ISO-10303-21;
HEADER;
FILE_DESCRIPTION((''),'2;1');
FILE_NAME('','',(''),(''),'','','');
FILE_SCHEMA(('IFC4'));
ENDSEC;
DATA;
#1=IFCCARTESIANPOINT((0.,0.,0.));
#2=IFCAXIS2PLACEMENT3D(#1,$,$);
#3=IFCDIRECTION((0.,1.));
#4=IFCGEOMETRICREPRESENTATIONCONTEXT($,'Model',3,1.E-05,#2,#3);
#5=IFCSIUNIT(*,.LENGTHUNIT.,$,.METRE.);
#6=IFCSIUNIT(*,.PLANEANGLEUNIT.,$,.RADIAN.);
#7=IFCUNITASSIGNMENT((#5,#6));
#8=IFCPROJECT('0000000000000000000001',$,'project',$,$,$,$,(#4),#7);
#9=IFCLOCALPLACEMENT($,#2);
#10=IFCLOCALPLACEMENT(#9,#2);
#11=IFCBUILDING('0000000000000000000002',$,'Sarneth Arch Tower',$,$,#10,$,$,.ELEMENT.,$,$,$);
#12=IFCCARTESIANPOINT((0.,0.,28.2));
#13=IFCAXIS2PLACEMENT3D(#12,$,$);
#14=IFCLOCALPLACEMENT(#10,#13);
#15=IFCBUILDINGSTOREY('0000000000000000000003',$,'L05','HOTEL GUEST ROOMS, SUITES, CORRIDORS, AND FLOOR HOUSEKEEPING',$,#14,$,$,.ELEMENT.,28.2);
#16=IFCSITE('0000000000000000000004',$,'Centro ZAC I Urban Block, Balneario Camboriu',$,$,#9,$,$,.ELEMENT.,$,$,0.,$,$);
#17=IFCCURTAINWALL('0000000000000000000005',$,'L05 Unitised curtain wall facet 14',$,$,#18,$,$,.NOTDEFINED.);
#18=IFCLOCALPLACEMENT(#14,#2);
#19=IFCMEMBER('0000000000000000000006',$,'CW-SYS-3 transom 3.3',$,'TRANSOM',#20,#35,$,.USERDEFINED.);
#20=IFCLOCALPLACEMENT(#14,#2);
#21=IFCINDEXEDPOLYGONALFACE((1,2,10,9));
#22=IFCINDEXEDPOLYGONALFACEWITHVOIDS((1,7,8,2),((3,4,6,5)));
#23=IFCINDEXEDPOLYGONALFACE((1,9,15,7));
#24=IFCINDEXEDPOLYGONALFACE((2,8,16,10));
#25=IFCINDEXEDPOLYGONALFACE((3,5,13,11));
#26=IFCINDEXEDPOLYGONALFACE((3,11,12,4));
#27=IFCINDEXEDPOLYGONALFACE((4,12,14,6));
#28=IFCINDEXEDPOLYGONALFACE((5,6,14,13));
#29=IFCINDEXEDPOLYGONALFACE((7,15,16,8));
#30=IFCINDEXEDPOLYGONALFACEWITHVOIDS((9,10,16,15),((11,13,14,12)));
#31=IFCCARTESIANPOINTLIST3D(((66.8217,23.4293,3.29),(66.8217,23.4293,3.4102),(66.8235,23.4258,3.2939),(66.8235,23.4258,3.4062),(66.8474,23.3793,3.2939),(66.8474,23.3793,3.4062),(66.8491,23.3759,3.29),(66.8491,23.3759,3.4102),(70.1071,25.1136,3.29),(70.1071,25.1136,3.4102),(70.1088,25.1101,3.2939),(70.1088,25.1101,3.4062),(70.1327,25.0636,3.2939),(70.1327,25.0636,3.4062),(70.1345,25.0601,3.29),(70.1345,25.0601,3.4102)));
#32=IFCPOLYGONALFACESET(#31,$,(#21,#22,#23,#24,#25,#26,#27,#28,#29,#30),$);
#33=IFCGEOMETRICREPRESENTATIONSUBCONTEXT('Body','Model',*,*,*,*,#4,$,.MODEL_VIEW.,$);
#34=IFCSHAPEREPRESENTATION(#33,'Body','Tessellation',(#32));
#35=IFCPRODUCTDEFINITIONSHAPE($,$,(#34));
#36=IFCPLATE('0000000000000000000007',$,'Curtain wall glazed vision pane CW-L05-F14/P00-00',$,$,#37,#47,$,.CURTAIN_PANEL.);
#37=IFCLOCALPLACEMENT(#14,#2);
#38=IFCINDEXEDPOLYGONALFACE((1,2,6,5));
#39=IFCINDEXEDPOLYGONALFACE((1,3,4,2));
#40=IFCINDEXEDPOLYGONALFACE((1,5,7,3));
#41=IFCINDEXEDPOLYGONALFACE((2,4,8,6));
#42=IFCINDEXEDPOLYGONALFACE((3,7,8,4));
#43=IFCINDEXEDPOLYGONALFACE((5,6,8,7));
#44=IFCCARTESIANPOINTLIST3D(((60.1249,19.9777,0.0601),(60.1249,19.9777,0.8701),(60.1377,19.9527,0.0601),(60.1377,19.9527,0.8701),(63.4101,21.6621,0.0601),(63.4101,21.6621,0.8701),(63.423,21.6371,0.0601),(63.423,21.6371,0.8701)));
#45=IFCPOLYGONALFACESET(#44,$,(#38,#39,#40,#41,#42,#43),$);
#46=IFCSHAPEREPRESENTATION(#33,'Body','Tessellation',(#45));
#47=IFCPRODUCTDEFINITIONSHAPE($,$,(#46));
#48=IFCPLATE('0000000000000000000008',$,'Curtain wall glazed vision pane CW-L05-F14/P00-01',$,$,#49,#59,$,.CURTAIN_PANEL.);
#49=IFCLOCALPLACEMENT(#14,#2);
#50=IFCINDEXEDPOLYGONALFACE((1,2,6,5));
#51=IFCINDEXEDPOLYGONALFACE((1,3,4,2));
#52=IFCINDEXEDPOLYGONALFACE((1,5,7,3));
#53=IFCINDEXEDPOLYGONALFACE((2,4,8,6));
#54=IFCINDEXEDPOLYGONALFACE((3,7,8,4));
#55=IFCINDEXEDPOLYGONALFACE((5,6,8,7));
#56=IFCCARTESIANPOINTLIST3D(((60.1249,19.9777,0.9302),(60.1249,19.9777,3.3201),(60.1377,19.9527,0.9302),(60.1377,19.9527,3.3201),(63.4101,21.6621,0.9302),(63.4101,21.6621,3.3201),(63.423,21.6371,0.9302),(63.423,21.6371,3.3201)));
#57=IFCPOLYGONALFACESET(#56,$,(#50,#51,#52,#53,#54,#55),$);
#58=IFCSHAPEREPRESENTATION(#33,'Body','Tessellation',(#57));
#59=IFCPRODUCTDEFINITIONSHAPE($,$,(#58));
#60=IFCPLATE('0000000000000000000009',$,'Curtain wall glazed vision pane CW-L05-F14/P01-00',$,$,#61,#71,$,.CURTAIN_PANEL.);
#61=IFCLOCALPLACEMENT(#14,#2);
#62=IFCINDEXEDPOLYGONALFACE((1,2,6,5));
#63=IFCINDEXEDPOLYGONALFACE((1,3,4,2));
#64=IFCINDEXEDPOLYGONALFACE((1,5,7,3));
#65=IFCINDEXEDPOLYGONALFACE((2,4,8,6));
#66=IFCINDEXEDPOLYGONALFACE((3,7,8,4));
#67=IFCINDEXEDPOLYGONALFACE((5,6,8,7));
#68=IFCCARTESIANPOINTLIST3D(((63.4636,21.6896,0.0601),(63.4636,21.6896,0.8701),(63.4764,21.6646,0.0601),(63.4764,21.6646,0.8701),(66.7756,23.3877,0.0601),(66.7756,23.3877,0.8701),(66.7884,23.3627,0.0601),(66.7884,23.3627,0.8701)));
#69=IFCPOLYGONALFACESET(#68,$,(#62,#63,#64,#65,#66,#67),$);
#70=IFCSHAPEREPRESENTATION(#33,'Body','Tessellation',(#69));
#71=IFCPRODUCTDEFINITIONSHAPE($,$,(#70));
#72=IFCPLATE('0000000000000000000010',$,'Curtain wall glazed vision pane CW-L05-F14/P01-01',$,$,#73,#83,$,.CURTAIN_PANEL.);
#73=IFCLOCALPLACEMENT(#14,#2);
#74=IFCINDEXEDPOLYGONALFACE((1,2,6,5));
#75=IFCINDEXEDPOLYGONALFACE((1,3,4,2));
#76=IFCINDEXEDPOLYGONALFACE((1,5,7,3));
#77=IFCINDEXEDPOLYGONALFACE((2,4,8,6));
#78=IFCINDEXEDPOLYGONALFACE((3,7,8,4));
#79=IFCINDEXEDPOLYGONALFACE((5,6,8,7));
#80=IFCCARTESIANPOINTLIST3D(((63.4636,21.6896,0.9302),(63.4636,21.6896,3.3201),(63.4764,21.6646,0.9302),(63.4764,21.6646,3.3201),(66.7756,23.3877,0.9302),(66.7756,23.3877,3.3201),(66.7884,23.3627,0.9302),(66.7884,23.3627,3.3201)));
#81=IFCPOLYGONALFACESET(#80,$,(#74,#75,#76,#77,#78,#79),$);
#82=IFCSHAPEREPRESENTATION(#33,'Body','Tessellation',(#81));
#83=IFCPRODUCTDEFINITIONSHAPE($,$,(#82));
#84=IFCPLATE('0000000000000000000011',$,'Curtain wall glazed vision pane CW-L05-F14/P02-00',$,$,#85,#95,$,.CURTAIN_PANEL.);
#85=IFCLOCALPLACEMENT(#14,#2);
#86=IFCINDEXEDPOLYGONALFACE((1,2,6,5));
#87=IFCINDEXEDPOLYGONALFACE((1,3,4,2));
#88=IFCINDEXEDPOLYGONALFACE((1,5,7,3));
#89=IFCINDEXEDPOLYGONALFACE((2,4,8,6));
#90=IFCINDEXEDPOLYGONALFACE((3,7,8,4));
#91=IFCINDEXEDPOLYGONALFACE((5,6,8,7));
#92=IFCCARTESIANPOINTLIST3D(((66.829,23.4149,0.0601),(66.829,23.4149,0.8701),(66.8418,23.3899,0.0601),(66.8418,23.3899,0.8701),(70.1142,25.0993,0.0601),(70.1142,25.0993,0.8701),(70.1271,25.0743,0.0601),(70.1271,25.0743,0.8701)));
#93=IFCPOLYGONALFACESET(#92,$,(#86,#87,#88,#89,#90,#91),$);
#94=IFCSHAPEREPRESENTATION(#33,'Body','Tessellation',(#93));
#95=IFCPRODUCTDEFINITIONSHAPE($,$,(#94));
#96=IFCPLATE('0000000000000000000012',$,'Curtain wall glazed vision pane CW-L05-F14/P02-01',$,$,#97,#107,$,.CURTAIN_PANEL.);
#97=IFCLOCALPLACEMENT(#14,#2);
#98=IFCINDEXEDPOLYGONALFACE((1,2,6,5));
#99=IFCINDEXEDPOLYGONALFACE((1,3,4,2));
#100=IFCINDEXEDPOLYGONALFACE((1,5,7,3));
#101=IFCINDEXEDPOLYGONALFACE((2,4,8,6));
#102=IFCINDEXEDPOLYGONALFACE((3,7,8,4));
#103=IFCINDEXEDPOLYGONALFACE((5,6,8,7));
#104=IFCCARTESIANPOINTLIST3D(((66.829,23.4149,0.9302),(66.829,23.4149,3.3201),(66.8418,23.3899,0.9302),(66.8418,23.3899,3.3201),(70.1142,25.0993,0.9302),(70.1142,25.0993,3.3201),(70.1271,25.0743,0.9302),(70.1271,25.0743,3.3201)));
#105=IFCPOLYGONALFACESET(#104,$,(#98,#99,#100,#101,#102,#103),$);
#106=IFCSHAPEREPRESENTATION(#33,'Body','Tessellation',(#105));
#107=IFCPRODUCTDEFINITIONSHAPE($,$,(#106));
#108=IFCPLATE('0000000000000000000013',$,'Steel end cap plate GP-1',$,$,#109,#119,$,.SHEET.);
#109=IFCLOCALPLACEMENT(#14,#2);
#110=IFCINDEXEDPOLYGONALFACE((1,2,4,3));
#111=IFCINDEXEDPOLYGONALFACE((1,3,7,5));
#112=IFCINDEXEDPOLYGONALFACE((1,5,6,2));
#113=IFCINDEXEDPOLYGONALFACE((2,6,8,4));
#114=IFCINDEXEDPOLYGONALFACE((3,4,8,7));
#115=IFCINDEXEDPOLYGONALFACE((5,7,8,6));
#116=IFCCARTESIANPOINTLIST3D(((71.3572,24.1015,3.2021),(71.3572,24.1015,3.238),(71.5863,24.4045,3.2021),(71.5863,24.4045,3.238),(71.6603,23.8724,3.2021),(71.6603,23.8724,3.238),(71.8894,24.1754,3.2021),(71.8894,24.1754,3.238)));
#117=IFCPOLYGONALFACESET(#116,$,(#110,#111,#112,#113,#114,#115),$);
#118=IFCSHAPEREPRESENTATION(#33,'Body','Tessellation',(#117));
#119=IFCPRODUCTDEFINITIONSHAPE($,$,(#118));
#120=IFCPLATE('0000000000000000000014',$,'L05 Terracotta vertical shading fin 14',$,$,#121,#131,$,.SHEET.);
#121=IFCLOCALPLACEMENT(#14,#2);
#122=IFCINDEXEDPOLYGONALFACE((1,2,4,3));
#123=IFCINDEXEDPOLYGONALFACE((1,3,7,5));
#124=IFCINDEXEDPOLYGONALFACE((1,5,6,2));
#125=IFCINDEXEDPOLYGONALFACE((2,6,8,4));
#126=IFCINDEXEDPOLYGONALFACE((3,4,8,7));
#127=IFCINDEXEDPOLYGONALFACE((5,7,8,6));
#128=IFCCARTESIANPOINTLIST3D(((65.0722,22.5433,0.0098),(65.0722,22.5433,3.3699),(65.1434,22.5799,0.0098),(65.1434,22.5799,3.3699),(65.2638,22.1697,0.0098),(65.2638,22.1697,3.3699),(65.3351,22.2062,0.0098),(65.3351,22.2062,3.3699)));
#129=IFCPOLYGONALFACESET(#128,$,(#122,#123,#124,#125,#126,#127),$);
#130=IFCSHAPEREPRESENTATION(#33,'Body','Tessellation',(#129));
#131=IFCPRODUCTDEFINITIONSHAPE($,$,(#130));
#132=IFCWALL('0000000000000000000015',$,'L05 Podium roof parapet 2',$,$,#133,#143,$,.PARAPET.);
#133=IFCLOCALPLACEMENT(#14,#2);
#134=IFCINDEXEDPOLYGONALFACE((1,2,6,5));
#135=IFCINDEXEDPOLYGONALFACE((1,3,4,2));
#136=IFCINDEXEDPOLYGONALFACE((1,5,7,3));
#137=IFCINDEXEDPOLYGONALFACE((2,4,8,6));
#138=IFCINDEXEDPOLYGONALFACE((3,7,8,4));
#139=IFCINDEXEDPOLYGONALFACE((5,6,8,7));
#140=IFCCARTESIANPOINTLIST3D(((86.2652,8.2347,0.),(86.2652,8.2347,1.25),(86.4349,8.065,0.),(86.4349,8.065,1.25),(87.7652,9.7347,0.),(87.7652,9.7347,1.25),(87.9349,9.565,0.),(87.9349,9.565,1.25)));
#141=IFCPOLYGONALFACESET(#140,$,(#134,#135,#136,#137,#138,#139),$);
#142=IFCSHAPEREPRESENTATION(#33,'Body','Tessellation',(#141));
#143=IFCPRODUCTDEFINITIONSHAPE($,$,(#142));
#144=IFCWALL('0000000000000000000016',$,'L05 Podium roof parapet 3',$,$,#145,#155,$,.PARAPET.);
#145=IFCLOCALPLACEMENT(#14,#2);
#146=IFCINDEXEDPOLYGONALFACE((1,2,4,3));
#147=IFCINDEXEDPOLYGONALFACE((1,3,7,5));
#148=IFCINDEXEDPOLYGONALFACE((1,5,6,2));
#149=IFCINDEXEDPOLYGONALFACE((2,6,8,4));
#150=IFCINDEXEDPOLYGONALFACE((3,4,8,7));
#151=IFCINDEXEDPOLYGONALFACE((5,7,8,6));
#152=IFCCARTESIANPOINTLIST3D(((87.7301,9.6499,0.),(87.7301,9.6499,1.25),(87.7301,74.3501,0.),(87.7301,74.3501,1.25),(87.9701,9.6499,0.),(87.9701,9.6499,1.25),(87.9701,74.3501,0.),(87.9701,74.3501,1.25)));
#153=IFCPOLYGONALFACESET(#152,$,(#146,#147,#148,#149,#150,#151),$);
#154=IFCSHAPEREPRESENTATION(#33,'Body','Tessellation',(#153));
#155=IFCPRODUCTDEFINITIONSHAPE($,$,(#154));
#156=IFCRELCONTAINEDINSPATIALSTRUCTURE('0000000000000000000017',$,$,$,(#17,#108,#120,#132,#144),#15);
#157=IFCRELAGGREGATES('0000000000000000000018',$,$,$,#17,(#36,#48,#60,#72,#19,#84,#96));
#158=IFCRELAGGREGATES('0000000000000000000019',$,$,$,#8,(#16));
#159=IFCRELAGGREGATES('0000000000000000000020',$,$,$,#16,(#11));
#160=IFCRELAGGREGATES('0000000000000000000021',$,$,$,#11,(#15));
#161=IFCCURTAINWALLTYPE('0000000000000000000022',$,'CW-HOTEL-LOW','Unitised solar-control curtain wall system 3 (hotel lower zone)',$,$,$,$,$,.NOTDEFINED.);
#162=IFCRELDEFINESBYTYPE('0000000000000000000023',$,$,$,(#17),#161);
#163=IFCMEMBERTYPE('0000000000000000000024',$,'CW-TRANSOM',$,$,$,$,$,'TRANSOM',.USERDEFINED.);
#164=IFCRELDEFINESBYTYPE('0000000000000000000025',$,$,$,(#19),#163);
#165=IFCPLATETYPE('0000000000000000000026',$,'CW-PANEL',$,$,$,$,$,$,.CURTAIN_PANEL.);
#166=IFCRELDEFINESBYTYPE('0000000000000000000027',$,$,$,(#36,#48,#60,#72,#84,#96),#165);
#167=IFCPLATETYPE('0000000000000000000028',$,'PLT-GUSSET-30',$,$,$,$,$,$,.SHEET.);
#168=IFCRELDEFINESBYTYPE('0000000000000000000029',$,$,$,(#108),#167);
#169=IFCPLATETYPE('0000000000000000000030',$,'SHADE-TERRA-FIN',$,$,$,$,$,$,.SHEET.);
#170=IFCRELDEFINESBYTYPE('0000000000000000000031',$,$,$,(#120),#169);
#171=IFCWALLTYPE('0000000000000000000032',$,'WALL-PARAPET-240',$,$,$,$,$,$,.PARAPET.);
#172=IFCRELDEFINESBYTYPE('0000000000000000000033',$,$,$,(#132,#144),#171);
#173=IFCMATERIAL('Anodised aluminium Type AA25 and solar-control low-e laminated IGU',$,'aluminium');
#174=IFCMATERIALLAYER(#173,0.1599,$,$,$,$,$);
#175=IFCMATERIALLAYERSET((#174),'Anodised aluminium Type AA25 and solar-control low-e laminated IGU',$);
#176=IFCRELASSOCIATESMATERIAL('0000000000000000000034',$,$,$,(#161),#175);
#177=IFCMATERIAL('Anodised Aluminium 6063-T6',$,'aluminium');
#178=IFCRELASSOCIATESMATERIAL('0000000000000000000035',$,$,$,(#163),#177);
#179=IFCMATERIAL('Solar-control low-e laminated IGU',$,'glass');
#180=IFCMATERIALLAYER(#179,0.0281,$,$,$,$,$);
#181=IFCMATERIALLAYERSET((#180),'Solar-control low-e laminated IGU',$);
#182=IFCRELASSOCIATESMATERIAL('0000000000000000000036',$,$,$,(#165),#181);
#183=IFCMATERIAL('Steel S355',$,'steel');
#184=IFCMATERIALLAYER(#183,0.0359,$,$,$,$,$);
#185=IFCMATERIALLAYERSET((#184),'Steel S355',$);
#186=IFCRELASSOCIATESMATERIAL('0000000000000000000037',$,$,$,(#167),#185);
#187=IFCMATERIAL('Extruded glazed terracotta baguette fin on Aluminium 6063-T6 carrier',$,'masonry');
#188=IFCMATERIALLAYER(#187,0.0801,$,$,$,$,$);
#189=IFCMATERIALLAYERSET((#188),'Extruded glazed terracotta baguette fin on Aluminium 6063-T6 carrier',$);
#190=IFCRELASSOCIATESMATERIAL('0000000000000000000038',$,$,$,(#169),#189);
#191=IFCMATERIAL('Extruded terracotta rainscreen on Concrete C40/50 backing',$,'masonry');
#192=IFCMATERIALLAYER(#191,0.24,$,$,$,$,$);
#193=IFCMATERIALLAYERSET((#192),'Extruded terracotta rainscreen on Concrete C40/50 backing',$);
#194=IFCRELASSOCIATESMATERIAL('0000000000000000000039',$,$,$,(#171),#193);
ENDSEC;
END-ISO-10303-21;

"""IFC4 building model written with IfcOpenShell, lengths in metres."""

from ifc_helpers import new_model, si_unit, direction, frame, frame_2d, origin, origin_2d, place, context, subcontext, project, spatial, rectangle, hollow_rectangle, extrude, material, layer, layer_set, material_profile, profile_set, type_object, element, aggregate, save


model = new_model("IFC4")

# Units and contexts
model_context = context("Model", 3, precision=1e-05, world=origin(), true_north=direction((0.0, 1.0)))
body_context = subcontext(model_context, "Body", "Model", "MODEL_VIEW")
ifc_project = project(units=[si_unit("LENGTHUNIT", "METRE"), si_unit("PLANEANGLEUNIT", "RADIAN")], contexts=[model_context])

# Site, building, storey
site_placement = place(None, origin())
site = spatial("IfcSite", under=ifc_project, at=site_placement, Name="Centro ZAC I Urban Block, Balneario Camboriu", CompositionType="ELEMENT", RefElevation=0.0)
building_placement = place(site_placement, origin())
building = spatial("IfcBuilding", under=site, at=building_placement, Name="Sarneth Arch Tower", CompositionType="ELEMENT")
storey_placement = place(building_placement, frame((0.0, 0.0, 28.2)))
storey = spatial("IfcBuildingStorey", under=building, at=storey_placement, Name="L05", Description="HOTEL GUEST ROOMS, SUITES, CORRIDORS, AND FLOOR HOUSEKEEPING", CompositionType="ELEMENT", Elevation=28.2)

# Curtain wall, member, plates
ifc_material_1 = material(Name="Anodised aluminium Type AA25 and solar-control low-e laminated IGU", Category="aluminium")
ifc_layer_1 = layer(ifc_material_1, 0.1599)
ifc_layer_set_1 = layer_set([ifc_layer_1], Name="Anodised aluminium Type AA25 and solar-control low-e laminated IGU")
curtain_wall_type = type_object("IfcCurtainWallType", Name="CW-HOTEL-LOW", Description="Unitised solar-control curtain wall system 3 (hotel lower zone)", PredefinedType="NOTDEFINED", material=ifc_layer_set_1)
curtain_wall_placement = place(storey_placement, origin())
curtain_wall = element("IfcCurtainWall", 1, at=curtain_wall_placement, inside=storey, type_object=curtain_wall_type, Name="L05 Unitised curtain wall facet 14", PredefinedType="NOTDEFINED")
ifc_material_2 = material(Name="Anodised Aluminium 6063-T6", Category="aluminium")
ifc_material_profile_1 = material_profile(ifc_material_2, hollow_rectangle(XDim=0.0601, YDim=0.1201, WallThickness=0.0039, at=origin_2d()), Name="AL-TRAN-120x60x4")
ifc_profile_set_1 = profile_set([ifc_material_profile_1], Name="Anodised Aluminium 6063-T6")
member_type_1 = type_object("IfcMemberType", Name="CW-TRANSOM", ElementType="TRANSOM", PredefinedType="USERDEFINED", material=ifc_profile_set_1)
member_1_placement = place(storey_placement, frame((66.8354, 23.4026, 3.3501), z_axis=(0.889872, 0.456211, 0.0), x_axis=(-0.456211, 0.889872, 0.0)))
member_1 = element("IfcMember", 2, at=member_1_placement, type_object=member_type_1, Name="CW-SYS-3 transom 3.3", ObjectType="TRANSOM", PredefinedType="USERDEFINED", context=body_context, shape_type="SweptSolid", body=[
    extrude(hollow_rectangle(XDim=0.0601, YDim=0.1201, WallThickness=0.0039, at=origin_2d()), origin(), (0.0, 0.0, 1.0), 3.6919),
])
ifc_material_3 = material(Name="Solar-control low-e laminated IGU", Category="glass")
ifc_layer_2 = layer(ifc_material_3, 0.0281)
ifc_layer_set_2 = layer_set([ifc_layer_2], Name="Solar-control low-e laminated IGU")
plate_type_1 = type_object("IfcPlateType", Name="CW-PANEL", PredefinedType="CURTAIN_PANEL", material=ifc_layer_set_2)
plate_1_placement = place(storey_placement, frame((61.7739, 20.8074, 0.0601), z_axis=(0.0, 0.0, 1.0), x_axis=(0.889854, 0.456245, 0.0)))
plate_1 = element("IfcPlate", 3, at=plate_1_placement, type_object=plate_type_1, Name="Curtain wall glazed vision pane CW-L05-F14/P00-00", PredefinedType="CURTAIN_PANEL", context=body_context, shape_type="SweptSolid", body=[
    extrude(rectangle(XDim=3.6919, YDim=0.0281, at=origin_2d()), origin(), (0.0, 0.0, 1.0), 0.8101),
])
plate_2_placement = place(storey_placement, frame((61.7739, 20.8074, 0.9302), z_axis=(0.0, 0.0, 1.0), x_axis=(0.889854, 0.456245, 0.0)))
plate_2 = element("IfcPlate", 4, at=plate_2_placement, type_object=plate_type_1, Name="Curtain wall glazed vision pane CW-L05-F14/P00-01", PredefinedType="CURTAIN_PANEL", context=body_context, shape_type="SweptSolid", body=[
    extrude(rectangle(XDim=3.6919, YDim=0.0281, at=origin_2d()), origin(), (0.0, 0.0, 1.0), 2.3899),
])
plate_3_placement = place(storey_placement, frame((65.126, 22.5261, 0.0601), z_axis=(0.0, 0.0, 1.0), x_axis=(0.889854, 0.456245, 0.0)))
plate_3 = element("IfcPlate", 5, at=plate_3_placement, type_object=plate_type_1, Name="Curtain wall glazed vision pane CW-L05-F14/P01-00", PredefinedType="CURTAIN_PANEL", context=body_context, shape_type="SweptSolid", body=[
    extrude(rectangle(XDim=3.7219, YDim=0.0281, at=origin_2d()), origin(), (0.0, 0.0, 1.0), 0.8101),
])
plate_4_placement = place(storey_placement, frame((65.126, 22.5261, 0.9302), z_axis=(0.0, 0.0, 1.0), x_axis=(0.889854, 0.456245, 0.0)))
plate_4 = element("IfcPlate", 6, at=plate_4_placement, type_object=plate_type_1, Name="Curtain wall glazed vision pane CW-L05-F14/P01-01", PredefinedType="CURTAIN_PANEL", context=body_context, shape_type="SweptSolid", body=[
    extrude(rectangle(XDim=3.7219, YDim=0.0281, at=origin_2d()), origin(), (0.0, 0.0, 1.0), 2.3899),
])
plate_5_placement = place(storey_placement, frame((68.478, 24.2446, 0.0601), z_axis=(0.0, 0.0, 1.0), x_axis=(0.889854, 0.456245, 0.0)))
plate_5 = element("IfcPlate", 7, at=plate_5_placement, type_object=plate_type_1, Name="Curtain wall glazed vision pane CW-L05-F14/P02-00", PredefinedType="CURTAIN_PANEL", context=body_context, shape_type="SweptSolid", body=[
    extrude(rectangle(XDim=3.6919, YDim=0.0281, at=origin_2d()), origin(), (0.0, 0.0, 1.0), 0.8101),
])
plate_6_placement = place(storey_placement, frame((68.478, 24.2446, 0.9302), z_axis=(0.0, 0.0, 1.0), x_axis=(0.889854, 0.456245, 0.0)))
plate_6 = element("IfcPlate", 8, at=plate_6_placement, type_object=plate_type_1, Name="Curtain wall glazed vision pane CW-L05-F14/P02-01", PredefinedType="CURTAIN_PANEL", context=body_context, shape_type="SweptSolid", body=[
    extrude(rectangle(XDim=3.6919, YDim=0.0281, at=origin_2d()), origin(), (0.0, 0.0, 1.0), 2.3899),
])
aggregate(curtain_wall, [plate_1, plate_2, plate_3, plate_4, member_1, plate_5, plate_6])

# Plates
ifc_material_4 = material(Name="Steel S355", Category="steel")
ifc_layer_3 = layer(ifc_material_4, 0.0359)
ifc_layer_set_3 = layer_set([ifc_layer_3], Name="Steel S355")
plate_type_2 = type_object("IfcPlateType", Name="PLT-GUSSET-30", PredefinedType="SHEET", material=ifc_layer_set_3)
plate_7_placement = place(storey_placement, frame((71.6233, 24.1384, 3.2021), z_axis=(0.0, 0.0, 1.0), x_axis=(0.797689, -0.603069, 0.0)))
element("IfcPlate", 9, at=plate_7_placement, inside=storey, type_object=plate_type_2, Name="Steel end cap plate GP-1", PredefinedType="SHEET", context=body_context, shape_type="SweptSolid", body=[
    extrude(rectangle(XDim=0.3799, YDim=0.3799, at=origin_2d()), origin(), (0.0, 0.0, 1.0), 0.0359),
])
ifc_material_5 = material(Name="Extruded glazed terracotta baguette fin on Aluminium 6063-T6 carrier", Category="masonry")
ifc_layer_4 = layer(ifc_material_5, 0.0801)
ifc_layer_set_4 = layer_set([ifc_layer_4], Name="Extruded glazed terracotta baguette fin on Aluminium 6063-T6 carrier")
plate_type_3 = type_object("IfcPlateType", Name="SHADE-TERRA-FIN", PredefinedType="SHEET", material=ifc_layer_set_4)
plate_8_placement = place(storey_placement, frame((65.2036, 22.3748, 0.0098), z_axis=(0.0, 0.0, 1.0), x_axis=(0.456322, -0.889815, 0.0)))
element("IfcPlate", 10, at=plate_8_placement, inside=storey, type_object=plate_type_3, Name="L05 Terracotta vertical shading fin 14", PredefinedType="SHEET", context=body_context, shape_type="SweptSolid", body=[
    extrude(rectangle(XDim=0.4199, YDim=0.0801, at=origin_2d()), origin(), (0.0, 0.0, 1.0), 3.3601),
])

# Walls
ifc_material_6 = material(Name="Extruded terracotta rainscreen on Concrete C40/50 backing", Category="masonry")
ifc_layer_5 = layer(ifc_material_6, 0.24)
ifc_layer_set_5 = layer_set([ifc_layer_5], Name="Extruded terracotta rainscreen on Concrete C40/50 backing")
wall_type = type_object("IfcWallType", Name="WALL-PARAPET-240", PredefinedType="PARAPET", material=ifc_layer_set_5)
wall_1_placement = place(storey_placement, frame((86.3501, 8.1499, 0.0), z_axis=(0.0, 0.0, 1.0), x_axis=(0.707107, 0.707107, 0.0)))
element("IfcWall", 11, at=wall_1_placement, inside=storey, type_object=wall_type, Name="L05 Podium roof parapet 2", PredefinedType="PARAPET", context=body_context, shape_type="SweptSolid", body=[
    extrude(rectangle(XDim=2.1213, YDim=0.24, at=frame_2d((1.0605, 0.0))), origin(), (0.0, 0.0, 1.0), 1.25),
])
wall_2_placement = place(storey_placement, frame((87.8501, 9.6499, 0.0), z_axis=(0.0, 0.0, 1.0), x_axis=(0.0, 1.0, 0.0)))
element("IfcWall", 12, at=wall_2_placement, inside=storey, type_object=wall_type, Name="L05 Podium roof parapet 3", PredefinedType="PARAPET", context=body_context, shape_type="SweptSolid", body=[
    extrude(rectangle(XDim=64.7002, YDim=0.24, at=frame_2d((32.3501, 0.0))), origin(), (0.0, 0.0, 1.0), 1.25),
])

save(model, "model.ifc")
